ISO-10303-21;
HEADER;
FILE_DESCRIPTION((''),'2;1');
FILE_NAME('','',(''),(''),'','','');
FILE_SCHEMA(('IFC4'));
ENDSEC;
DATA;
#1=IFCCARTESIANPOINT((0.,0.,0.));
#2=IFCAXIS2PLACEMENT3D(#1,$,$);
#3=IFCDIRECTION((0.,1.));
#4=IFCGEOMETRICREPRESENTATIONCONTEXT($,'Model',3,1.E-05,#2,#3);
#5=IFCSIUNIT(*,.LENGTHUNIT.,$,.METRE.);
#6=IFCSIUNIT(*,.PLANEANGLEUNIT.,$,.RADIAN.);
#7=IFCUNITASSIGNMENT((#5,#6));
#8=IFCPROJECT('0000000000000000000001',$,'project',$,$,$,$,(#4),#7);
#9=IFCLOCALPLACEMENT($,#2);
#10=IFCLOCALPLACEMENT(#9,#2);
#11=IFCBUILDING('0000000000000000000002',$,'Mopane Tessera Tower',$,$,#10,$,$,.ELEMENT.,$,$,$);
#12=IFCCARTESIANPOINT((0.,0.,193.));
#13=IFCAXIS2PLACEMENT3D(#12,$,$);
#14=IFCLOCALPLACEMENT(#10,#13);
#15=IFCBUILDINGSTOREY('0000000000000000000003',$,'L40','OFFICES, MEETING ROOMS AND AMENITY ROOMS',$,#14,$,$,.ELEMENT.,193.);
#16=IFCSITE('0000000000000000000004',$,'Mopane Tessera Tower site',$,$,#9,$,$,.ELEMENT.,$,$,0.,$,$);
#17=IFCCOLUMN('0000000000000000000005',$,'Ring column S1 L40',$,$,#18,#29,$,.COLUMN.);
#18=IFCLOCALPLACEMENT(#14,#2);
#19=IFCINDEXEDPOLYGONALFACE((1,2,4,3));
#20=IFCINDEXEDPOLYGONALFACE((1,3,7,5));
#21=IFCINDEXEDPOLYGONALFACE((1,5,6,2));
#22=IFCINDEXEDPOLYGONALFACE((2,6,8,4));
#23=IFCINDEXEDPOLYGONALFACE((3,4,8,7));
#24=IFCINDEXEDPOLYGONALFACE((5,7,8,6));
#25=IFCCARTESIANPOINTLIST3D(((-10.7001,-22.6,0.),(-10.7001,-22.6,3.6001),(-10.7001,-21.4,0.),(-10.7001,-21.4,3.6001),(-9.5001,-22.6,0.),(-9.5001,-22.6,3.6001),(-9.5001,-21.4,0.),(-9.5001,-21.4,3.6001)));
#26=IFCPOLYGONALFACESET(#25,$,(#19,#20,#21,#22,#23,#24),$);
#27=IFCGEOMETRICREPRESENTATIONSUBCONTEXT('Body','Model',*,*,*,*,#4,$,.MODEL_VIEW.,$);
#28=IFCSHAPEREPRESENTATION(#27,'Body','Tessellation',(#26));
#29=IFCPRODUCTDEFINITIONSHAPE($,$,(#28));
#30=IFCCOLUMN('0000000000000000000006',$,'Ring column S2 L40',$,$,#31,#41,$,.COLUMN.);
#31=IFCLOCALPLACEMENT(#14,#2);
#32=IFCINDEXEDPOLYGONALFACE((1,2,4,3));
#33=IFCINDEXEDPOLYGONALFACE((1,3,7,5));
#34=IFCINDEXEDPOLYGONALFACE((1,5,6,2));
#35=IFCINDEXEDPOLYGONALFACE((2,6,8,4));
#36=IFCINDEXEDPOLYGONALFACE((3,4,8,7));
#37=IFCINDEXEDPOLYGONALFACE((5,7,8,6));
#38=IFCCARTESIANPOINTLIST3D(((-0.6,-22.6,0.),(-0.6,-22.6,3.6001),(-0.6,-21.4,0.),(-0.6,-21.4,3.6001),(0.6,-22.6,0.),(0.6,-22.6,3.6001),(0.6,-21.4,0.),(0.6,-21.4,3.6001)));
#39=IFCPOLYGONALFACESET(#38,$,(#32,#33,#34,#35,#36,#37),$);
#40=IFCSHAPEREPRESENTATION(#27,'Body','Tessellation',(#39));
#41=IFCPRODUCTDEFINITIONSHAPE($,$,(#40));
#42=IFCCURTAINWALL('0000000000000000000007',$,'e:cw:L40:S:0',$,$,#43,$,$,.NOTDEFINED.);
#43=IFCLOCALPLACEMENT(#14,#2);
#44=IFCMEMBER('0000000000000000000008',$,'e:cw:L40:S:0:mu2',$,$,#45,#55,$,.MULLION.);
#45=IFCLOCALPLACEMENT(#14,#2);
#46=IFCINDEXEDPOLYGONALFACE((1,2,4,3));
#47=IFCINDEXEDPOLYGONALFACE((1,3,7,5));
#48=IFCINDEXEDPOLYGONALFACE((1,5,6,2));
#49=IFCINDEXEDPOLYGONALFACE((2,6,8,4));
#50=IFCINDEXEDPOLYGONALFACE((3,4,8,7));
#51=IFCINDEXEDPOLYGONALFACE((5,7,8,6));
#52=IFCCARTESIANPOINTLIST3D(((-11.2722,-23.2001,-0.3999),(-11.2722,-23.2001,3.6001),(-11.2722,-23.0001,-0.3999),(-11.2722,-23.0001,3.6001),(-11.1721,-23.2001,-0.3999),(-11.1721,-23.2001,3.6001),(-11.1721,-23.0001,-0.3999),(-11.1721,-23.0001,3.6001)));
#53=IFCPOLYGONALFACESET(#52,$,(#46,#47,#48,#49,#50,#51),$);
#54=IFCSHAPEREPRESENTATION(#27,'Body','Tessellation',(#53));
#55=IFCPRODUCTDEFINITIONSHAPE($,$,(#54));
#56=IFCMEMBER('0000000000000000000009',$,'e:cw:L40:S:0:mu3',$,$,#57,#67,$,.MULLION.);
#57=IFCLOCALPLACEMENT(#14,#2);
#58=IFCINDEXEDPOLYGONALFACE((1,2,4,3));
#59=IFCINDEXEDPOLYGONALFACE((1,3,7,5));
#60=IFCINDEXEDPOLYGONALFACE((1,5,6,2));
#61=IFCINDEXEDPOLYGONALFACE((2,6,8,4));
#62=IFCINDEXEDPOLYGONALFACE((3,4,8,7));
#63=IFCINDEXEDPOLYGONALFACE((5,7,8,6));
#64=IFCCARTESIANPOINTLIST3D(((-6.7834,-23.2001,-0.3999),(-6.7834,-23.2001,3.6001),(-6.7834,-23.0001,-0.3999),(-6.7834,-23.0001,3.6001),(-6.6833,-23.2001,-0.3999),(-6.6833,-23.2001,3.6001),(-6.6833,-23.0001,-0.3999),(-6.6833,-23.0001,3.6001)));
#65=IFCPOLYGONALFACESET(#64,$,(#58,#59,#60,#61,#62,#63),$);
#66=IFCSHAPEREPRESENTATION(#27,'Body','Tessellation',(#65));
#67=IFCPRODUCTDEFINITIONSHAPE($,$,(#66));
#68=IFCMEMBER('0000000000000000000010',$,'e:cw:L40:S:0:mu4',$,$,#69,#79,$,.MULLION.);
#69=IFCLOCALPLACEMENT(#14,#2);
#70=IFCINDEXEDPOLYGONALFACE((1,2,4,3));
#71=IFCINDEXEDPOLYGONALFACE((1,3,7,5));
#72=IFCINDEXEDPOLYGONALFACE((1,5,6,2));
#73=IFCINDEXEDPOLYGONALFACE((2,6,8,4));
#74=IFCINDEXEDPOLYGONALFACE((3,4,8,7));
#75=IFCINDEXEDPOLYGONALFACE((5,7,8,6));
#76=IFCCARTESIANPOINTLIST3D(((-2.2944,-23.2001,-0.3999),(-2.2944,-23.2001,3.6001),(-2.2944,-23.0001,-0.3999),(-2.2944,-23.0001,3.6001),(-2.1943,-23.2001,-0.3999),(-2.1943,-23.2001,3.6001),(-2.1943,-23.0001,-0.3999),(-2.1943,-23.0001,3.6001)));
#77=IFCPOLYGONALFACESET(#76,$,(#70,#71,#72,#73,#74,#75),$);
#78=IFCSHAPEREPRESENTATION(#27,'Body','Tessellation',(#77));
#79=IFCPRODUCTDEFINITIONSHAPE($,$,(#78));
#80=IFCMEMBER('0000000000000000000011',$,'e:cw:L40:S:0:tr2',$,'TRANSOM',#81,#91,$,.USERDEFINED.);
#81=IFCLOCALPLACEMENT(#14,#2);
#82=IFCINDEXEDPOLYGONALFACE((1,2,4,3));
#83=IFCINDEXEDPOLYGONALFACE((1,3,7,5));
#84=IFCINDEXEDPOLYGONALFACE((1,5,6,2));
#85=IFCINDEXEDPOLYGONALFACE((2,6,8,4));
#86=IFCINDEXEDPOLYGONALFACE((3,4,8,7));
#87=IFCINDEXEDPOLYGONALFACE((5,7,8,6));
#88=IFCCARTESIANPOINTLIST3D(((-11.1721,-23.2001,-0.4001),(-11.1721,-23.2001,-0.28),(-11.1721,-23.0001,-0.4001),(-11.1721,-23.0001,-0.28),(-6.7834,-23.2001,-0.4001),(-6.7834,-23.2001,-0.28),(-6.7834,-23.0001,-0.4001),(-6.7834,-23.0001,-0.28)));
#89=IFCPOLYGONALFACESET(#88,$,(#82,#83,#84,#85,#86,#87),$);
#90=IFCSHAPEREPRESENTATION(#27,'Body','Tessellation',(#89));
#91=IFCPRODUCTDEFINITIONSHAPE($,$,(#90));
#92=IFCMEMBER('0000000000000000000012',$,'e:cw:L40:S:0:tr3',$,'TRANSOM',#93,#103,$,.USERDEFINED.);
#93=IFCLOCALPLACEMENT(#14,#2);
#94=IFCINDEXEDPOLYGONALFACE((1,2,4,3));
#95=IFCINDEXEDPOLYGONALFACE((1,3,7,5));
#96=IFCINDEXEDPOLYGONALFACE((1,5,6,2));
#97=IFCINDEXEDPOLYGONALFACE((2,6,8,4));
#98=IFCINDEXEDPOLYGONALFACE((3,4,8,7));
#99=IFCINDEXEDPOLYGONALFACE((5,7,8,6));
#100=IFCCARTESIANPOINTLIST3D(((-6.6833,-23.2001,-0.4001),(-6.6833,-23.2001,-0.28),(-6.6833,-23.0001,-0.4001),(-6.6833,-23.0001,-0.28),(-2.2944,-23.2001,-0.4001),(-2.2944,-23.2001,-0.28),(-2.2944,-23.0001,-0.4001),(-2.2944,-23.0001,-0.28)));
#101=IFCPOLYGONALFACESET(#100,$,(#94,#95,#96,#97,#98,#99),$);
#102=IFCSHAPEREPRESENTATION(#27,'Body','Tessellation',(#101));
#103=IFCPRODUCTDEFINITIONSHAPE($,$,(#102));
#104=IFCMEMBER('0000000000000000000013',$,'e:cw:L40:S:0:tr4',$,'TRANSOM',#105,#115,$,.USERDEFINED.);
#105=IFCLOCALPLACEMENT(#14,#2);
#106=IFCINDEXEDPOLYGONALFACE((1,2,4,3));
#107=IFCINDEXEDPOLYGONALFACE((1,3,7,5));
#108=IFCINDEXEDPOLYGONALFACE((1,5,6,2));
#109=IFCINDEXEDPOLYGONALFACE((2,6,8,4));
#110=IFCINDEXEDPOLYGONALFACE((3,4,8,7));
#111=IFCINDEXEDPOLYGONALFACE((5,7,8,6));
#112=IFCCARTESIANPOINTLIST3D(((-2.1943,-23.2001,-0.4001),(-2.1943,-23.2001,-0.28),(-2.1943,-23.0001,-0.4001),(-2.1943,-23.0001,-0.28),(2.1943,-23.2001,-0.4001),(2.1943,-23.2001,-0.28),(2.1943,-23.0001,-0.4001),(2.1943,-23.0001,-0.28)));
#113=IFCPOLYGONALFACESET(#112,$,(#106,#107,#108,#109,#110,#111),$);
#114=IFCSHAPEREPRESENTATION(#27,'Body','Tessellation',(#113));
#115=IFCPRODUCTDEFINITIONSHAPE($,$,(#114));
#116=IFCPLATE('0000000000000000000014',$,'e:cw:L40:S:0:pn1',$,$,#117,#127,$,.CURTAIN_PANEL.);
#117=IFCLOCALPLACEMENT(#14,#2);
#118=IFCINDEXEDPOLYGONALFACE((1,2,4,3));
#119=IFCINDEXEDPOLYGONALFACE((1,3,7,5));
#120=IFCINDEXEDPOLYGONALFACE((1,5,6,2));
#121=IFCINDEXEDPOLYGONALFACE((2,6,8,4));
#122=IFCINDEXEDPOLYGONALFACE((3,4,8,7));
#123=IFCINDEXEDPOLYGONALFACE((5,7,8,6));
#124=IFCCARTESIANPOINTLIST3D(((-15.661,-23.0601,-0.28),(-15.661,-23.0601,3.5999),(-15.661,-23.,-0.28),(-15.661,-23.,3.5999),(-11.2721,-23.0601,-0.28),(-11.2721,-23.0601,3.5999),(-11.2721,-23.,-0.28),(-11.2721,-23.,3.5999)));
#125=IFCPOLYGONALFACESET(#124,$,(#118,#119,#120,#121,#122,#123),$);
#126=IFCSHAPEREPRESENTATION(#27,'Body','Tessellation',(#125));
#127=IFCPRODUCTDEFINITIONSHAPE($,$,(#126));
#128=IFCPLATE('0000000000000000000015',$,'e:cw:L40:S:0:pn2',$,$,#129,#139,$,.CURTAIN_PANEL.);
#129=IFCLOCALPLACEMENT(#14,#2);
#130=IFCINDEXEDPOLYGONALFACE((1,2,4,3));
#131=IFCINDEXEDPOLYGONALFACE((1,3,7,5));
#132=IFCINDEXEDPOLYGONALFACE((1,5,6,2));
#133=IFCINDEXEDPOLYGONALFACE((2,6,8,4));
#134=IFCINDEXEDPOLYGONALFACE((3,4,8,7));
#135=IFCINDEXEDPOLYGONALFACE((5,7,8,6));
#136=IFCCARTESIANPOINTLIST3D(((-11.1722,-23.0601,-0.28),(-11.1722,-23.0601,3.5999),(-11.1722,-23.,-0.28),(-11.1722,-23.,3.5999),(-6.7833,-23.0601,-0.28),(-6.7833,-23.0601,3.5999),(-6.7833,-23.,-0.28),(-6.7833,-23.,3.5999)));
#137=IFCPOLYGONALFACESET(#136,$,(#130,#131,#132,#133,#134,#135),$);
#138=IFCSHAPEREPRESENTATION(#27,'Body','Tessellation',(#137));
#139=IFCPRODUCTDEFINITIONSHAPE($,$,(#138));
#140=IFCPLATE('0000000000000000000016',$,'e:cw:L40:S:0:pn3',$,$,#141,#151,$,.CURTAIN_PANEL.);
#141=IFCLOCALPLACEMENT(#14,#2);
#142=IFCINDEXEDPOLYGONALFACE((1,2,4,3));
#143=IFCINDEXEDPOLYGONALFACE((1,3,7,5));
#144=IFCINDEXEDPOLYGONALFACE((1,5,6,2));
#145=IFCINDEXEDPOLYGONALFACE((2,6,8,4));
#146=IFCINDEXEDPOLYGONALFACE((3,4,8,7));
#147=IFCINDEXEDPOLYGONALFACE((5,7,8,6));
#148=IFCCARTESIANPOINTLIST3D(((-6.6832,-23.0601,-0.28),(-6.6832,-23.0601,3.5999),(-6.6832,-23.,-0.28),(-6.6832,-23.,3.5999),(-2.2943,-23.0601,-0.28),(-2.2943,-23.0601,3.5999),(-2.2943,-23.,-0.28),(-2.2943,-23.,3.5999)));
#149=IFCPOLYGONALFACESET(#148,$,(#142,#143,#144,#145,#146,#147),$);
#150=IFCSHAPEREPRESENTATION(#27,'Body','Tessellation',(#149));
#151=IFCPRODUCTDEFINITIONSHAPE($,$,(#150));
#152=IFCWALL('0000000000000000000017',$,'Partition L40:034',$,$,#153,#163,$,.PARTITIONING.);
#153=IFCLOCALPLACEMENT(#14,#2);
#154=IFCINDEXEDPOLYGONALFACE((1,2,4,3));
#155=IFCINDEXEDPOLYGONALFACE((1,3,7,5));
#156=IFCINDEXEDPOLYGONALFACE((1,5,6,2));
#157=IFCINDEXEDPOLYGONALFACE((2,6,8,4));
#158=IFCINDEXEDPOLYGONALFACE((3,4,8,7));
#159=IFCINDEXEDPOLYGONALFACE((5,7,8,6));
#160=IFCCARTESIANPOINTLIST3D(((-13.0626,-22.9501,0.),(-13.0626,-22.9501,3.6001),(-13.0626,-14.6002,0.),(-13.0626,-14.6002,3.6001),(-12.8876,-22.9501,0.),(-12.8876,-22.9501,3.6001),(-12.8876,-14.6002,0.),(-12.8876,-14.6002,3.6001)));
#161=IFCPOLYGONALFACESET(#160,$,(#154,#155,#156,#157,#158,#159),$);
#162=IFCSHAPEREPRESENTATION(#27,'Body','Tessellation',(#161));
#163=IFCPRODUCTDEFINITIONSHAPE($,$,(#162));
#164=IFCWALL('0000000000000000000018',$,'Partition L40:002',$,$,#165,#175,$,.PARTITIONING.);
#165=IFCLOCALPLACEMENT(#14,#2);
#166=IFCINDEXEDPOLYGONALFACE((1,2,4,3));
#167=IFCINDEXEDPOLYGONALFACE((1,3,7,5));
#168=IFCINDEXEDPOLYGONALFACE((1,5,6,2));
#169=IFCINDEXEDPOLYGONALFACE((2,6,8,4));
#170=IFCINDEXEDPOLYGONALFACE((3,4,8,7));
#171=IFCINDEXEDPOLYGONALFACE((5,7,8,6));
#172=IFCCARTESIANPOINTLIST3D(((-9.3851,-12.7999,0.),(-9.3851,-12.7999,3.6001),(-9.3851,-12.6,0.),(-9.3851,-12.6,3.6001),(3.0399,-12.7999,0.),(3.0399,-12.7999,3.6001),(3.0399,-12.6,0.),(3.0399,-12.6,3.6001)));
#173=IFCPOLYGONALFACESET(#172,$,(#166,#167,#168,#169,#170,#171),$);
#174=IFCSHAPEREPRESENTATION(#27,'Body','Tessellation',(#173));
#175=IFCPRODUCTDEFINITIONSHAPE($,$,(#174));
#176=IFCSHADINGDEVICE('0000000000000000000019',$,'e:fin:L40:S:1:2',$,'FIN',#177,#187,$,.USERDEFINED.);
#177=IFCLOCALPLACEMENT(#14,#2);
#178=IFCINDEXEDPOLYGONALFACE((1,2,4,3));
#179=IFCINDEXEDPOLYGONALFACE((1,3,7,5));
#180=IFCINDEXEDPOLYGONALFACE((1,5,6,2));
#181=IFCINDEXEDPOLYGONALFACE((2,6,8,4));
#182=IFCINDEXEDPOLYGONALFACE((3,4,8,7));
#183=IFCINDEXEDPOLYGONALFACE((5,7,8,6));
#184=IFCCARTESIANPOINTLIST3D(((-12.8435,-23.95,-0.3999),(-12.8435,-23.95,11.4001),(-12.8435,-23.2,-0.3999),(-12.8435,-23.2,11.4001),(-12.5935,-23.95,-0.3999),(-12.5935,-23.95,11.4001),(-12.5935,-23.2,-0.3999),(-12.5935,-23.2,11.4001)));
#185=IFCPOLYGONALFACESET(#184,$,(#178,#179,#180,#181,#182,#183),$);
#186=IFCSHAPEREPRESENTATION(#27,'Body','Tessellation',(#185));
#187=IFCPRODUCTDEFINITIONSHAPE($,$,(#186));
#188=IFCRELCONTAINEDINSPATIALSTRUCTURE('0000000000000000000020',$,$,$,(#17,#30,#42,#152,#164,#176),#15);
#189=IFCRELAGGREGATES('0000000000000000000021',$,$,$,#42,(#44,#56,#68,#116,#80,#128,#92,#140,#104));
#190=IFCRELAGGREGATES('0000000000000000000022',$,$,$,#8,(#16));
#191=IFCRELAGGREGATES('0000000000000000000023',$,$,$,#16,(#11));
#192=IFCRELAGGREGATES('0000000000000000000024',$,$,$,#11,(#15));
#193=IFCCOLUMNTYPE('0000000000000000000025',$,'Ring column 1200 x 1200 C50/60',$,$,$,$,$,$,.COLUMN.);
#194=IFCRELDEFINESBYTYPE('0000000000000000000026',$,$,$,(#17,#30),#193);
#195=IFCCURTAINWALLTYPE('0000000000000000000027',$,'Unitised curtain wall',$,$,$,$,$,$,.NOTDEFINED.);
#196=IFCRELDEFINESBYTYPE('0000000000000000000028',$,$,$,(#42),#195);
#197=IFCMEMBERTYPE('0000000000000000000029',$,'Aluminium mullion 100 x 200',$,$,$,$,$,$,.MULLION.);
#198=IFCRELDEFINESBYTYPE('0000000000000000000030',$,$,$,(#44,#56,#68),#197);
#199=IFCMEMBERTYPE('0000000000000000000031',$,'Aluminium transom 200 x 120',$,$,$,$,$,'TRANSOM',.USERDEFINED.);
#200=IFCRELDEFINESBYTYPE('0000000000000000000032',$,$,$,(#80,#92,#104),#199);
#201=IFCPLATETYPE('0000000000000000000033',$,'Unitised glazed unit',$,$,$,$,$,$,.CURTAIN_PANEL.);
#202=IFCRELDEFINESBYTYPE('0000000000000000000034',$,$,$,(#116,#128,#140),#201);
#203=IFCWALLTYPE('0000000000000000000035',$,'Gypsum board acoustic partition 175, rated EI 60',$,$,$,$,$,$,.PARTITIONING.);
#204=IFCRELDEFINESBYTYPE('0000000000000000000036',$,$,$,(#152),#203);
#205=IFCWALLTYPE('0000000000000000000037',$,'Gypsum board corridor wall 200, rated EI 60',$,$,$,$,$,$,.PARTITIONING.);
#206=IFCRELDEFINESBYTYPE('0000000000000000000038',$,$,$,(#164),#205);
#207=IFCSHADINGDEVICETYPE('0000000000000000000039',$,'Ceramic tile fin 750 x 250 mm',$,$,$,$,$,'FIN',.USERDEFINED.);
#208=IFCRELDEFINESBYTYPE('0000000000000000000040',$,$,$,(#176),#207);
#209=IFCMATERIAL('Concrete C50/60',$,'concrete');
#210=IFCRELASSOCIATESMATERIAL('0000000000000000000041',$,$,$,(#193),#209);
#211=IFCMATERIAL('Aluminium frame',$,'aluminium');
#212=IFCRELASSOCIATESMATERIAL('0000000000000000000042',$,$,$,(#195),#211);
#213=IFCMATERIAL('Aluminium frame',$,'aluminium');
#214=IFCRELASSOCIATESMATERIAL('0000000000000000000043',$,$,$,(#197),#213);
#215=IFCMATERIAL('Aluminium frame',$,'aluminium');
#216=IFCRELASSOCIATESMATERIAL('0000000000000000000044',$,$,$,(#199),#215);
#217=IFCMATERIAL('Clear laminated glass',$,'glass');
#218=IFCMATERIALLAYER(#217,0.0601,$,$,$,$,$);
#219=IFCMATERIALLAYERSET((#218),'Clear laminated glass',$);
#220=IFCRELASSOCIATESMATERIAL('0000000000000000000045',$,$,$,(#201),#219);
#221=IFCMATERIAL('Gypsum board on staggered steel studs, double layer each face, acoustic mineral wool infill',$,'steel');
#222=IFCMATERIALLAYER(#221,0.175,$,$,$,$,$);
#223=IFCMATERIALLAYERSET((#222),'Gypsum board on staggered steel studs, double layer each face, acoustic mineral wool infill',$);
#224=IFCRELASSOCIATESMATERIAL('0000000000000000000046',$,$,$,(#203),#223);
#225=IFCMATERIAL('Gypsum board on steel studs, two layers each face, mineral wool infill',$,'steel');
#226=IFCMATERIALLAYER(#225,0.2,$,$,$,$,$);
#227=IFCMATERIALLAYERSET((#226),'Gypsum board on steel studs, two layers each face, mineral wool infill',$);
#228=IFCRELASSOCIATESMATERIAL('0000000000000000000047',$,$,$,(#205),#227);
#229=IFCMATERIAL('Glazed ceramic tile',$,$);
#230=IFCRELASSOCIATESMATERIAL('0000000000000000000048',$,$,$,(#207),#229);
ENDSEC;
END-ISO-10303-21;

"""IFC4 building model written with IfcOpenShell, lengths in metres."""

from ifc_helpers import new_model, si_unit, direction, frame, frame_2d, origin, origin_2d, place, context, subcontext, project, spatial, rectangle, extrude, material, layer, layer_set, material_profile, profile_set, type_object, element, aggregate, save


model = new_model("IFC4")

# Units and contexts
model_context = context("Model", 3, precision=1e-05, world=origin(), true_north=direction((0.0, 1.0)))
body_context = subcontext(model_context, "Body", "Model", "MODEL_VIEW")
ifc_project = project(units=[si_unit("LENGTHUNIT", "METRE"), si_unit("PLANEANGLEUNIT", "RADIAN")], contexts=[model_context])

# Site, building, storey
site_placement = place(None, origin())
site = spatial("IfcSite", under=ifc_project, at=site_placement, Name="Mopane Tessera Tower site", CompositionType="ELEMENT", RefElevation=0.0)
building_placement = place(site_placement, origin())
building = spatial("IfcBuilding", under=site, at=building_placement, Name="Mopane Tessera Tower", CompositionType="ELEMENT")
storey_placement = place(building_placement, frame((0.0, 0.0, 193.0)))
storey = spatial("IfcBuildingStorey", under=building, at=storey_placement, Name="L40", Description="OFFICES, MEETING ROOMS AND AMENITY ROOMS", CompositionType="ELEMENT", Elevation=193.0)

# Columns
ifc_material_1 = material(Name="Concrete C50/60", Category="concrete")
ifc_material_profile_1 = material_profile(ifc_material_1, rectangle(XDim=1.2, YDim=1.2, at=origin_2d()))
ifc_profile_set_1 = profile_set([ifc_material_profile_1], Name="Concrete C50/60")
column_type = type_object("IfcColumnType", Name="Ring column 1200 x 1200 C50/60", PredefinedType="COLUMN", material=ifc_profile_set_1)
for number, where, z_axis, x_axis, name in (
    (1, (-10.1001, -22.0, 0.0), (0.0, 0.0, 1.0), (1.0, 0.0, 0.0), "Ring column S1 L40"),
    (2, (0.0, -22.0, 0.0), (0.0, 0.0, 1.0), (1.0, 0.0, 0.0), "Ring column S2 L40"),
):
    element("IfcColumn", number, at=place(storey_placement, frame(where, z_axis=z_axis, x_axis=x_axis)), inside=storey, type_object=column_type, Name=name, PredefinedType="COLUMN", context=body_context, shape_type="SweptSolid", body=[
        extrude(rectangle(XDim=1.2, YDim=1.2, at=origin_2d()), origin(), (0.0, 0.0, 1.0), 3.6001),
    ])

# Curtain wall, members, plates
ifc_material_2 = material(Name="Aluminium frame", Category="aluminium")
curtain_wall_type = type_object("IfcCurtainWallType", Name="Unitised curtain wall", PredefinedType="NOTDEFINED", material=ifc_material_2)
curtain_wall_placement = place(storey_placement, origin())
curtain_wall = element("IfcCurtainWall", 3, at=curtain_wall_placement, inside=storey, type_object=curtain_wall_type, Name="e:cw:L40:S:0", PredefinedType="NOTDEFINED")
ifc_material_3 = material(Name="Aluminium frame", Category="aluminium")
ifc_material_profile_2 = material_profile(ifc_material_3, rectangle(XDim=0.1001, YDim=0.2, at=origin_2d()))
ifc_profile_set_2 = profile_set([ifc_material_profile_2], Name="Aluminium frame")
member_type_1 = type_object("IfcMemberType", Name="Aluminium mullion 100 x 200", PredefinedType="MULLION", material=ifc_profile_set_2)
member_1_placement = place(storey_placement, frame((-11.2222, -23.1001, -0.3999), z_axis=(0.0, 0.0, 1.0), x_axis=(1.0, 0.0, 0.0)))
member_1 = element("IfcMember", 4, at=member_1_placement, type_object=member_type_1, Name="e:cw:L40:S:0:mu2", PredefinedType="MULLION", context=body_context, shape_type="SweptSolid", body=[
    extrude(rectangle(XDim=0.1001, YDim=0.2, at=origin_2d()), origin(), (0.0, 0.0, 1.0), 4.0),
])
member_2_placement = place(storey_placement, frame((-6.7334, -23.1001, -0.3999), z_axis=(0.0, 0.0, 1.0), x_axis=(1.0, 0.0, 0.0)))
member_2 = element("IfcMember", 5, at=member_2_placement, type_object=member_type_1, Name="e:cw:L40:S:0:mu3", PredefinedType="MULLION", context=body_context, shape_type="SweptSolid", body=[
    extrude(rectangle(XDim=0.1001, YDim=0.2, at=origin_2d()), origin(), (0.0, 0.0, 1.0), 4.0),
])
member_3_placement = place(storey_placement, frame((-2.2444, -23.1001, -0.3999), z_axis=(0.0, 0.0, 1.0), x_axis=(1.0, 0.0, 0.0)))
member_3 = element("IfcMember", 6, at=member_3_placement, type_object=member_type_1, Name="e:cw:L40:S:0:mu4", PredefinedType="MULLION", context=body_context, shape_type="SweptSolid", body=[
    extrude(rectangle(XDim=0.1001, YDim=0.2, at=origin_2d()), origin(), (0.0, 0.0, 1.0), 4.0),
])
ifc_material_4 = material(Name="Aluminium frame", Category="aluminium")
ifc_material_profile_3 = material_profile(ifc_material_4, rectangle(XDim=0.2, YDim=0.1201, at=origin_2d()))
ifc_profile_set_3 = profile_set([ifc_material_profile_3], Name="Aluminium frame")
member_type_2 = type_object("IfcMemberType", Name="Aluminium transom 200 x 120", ElementType="TRANSOM", PredefinedType="USERDEFINED", material=ifc_profile_set_3)
member_4_placement = place(storey_placement, frame((-11.1721, -23.1001, -0.3401), z_axis=(1.0, 0.0, 0.0), x_axis=(0.0, 1.0, 0.0)))
member_4 = element("IfcMember", 7, at=member_4_placement, type_object=member_type_2, Name="e:cw:L40:S:0:tr2", ObjectType="TRANSOM", PredefinedType="USERDEFINED", context=body_context, shape_type="SweptSolid", body=[
    extrude(rectangle(XDim=0.2, YDim=0.1201, at=origin_2d()), origin(), (0.0, 0.0, 1.0), 4.3887),
])
member_5_placement = place(storey_placement, frame((-6.6833, -23.1001, -0.3401), z_axis=(1.0, 0.0, 0.0), x_axis=(0.0, 1.0, 0.0)))
member_5 = element("IfcMember", 8, at=member_5_placement, type_object=member_type_2, Name="e:cw:L40:S:0:tr3", ObjectType="TRANSOM", PredefinedType="USERDEFINED", context=body_context, shape_type="SweptSolid", body=[
    extrude(rectangle(XDim=0.2, YDim=0.1201, at=origin_2d()), origin(), (0.0, 0.0, 1.0), 4.3889),
])
member_6_placement = place(storey_placement, frame((-2.1943, -23.1001, -0.3401), z_axis=(1.0, 0.0, 0.0), x_axis=(0.0, 1.0, 0.0)))
member_6 = element("IfcMember", 9, at=member_6_placement, type_object=member_type_2, Name="e:cw:L40:S:0:tr4", ObjectType="TRANSOM", PredefinedType="USERDEFINED", context=body_context, shape_type="SweptSolid", body=[
    extrude(rectangle(XDim=0.2, YDim=0.1201, at=origin_2d()), origin(), (0.0, 0.0, 1.0), 4.3887),
])
ifc_material_5 = material(Name="Clear laminated glass", Category="glass")
ifc_layer_1 = layer(ifc_material_5, 0.0601)
ifc_layer_set_1 = layer_set([ifc_layer_1], Name="Clear laminated glass")
plate_type = type_object("IfcPlateType", Name="Unitised glazed unit", PredefinedType="CURTAIN_PANEL", material=ifc_layer_set_1)
plate_1_placement = place(storey_placement, frame((-13.4666, -23.03, -0.28), z_axis=(0.0, 0.0, 1.0), x_axis=(1.0, 0.0, 0.0)))
plate_1 = element("IfcPlate", 10, at=plate_1_placement, type_object=plate_type, Name="e:cw:L40:S:0:pn1", PredefinedType="CURTAIN_PANEL", context=body_context, shape_type="SweptSolid", body=[
    extrude(rectangle(XDim=4.3889, YDim=0.0601, at=origin_2d()), origin(), (0.0, 0.0, 1.0), 3.8799),
])
plate_2_placement = place(storey_placement, frame((-8.9778, -23.03, -0.28), z_axis=(0.0, 0.0, 1.0), x_axis=(1.0, 0.0, 0.0)))
plate_2 = element("IfcPlate", 11, at=plate_2_placement, type_object=plate_type, Name="e:cw:L40:S:0:pn2", PredefinedType="CURTAIN_PANEL", context=body_context, shape_type="SweptSolid", body=[
    extrude(rectangle(XDim=4.3889, YDim=0.0601, at=origin_2d()), origin(), (0.0, 0.0, 1.0), 3.8799),
])
plate_3_placement = place(storey_placement, frame((-4.4888, -23.03, -0.28), z_axis=(0.0, 0.0, 1.0), x_axis=(1.0, 0.0, 0.0)))
plate_3 = element("IfcPlate", 12, at=plate_3_placement, type_object=plate_type, Name="e:cw:L40:S:0:pn3", PredefinedType="CURTAIN_PANEL", context=body_context, shape_type="SweptSolid", body=[
    extrude(rectangle(XDim=4.3889, YDim=0.0601, at=origin_2d()), origin(), (0.0, 0.0, 1.0), 3.8799),
])
aggregate(curtain_wall, [member_1, member_2, member_3, plate_1, member_4, plate_2, member_5, plate_3, member_6])

# Walls
ifc_material_6 = material(Name="Gypsum board on staggered steel studs, double layer each face, acoustic mineral wool infill", Category="steel")
ifc_layer_2 = layer(ifc_material_6, 0.175)
ifc_layer_set_2 = layer_set([ifc_layer_2], Name="Gypsum board on staggered steel studs, double layer each face, acoustic mineral wool infill")
wall_type_1 = type_object("IfcWallType", Name="Gypsum board acoustic partition 175, rated EI 60", PredefinedType="PARTITIONING", material=ifc_layer_set_2)
wall_1_placement = place(storey_placement, frame((-12.9751, -22.95, 0.0), z_axis=(0.0, 0.0, 1.0), x_axis=(0.0, 1.0, 0.0)))
element("IfcWall", 13, at=wall_1_placement, inside=storey, type_object=wall_type_1, Name="Partition L40:034", PredefinedType="PARTITIONING", context=body_context, shape_type="SweptSolid", body=[
    extrude(rectangle(XDim=8.3499, YDim=0.175, at=frame_2d((4.1748, 0.0))), origin(), (0.0, 0.0, 1.0), 3.6001),
])
ifc_material_7 = material(Name="Gypsum board on steel studs, two layers each face, mineral wool infill", Category="steel")
ifc_layer_3 = layer(ifc_material_7, 0.2)
ifc_layer_set_3 = layer_set([ifc_layer_3], Name="Gypsum board on steel studs, two layers each face, mineral wool infill")
wall_type_2 = type_object("IfcWallType", Name="Gypsum board corridor wall 200, rated EI 60", PredefinedType="PARTITIONING", material=ifc_layer_set_3)
wall_2_placement = place(storey_placement, frame((-9.385, -12.7, 0.0), z_axis=(0.0, 0.0, 1.0), x_axis=(1.0, 0.0, 0.0)))
element("IfcWall", 14, at=wall_2_placement, inside=storey, type_object=wall_type_2, Name="Partition L40:002", PredefinedType="PARTITIONING", context=body_context, shape_type="SweptSolid", body=[
    extrude(rectangle(XDim=12.425, YDim=0.2, at=frame_2d((6.2124, 0.0))), origin(), (0.0, 0.0, 1.0), 3.6001),
])

# Shading device
ifc_material_8 = material(Name="Glazed ceramic tile")
shading_device_type = type_object("IfcShadingDeviceType", Name="Ceramic tile fin 750 x 250 mm", ElementType="FIN", PredefinedType="USERDEFINED", material=ifc_material_8)
for number, where, z_axis, x_axis, name in (
    (15, (-12.7185, -23.575, -0.3999), (0.0, 0.0, 1.0), (1.0, 0.0, 0.0), "e:fin:L40:S:1:2"),
):
    element("IfcShadingDevice", number, at=place(storey_placement, frame(where, z_axis=z_axis, x_axis=x_axis)), inside=storey, type_object=shading_device_type, Name=name, ObjectType="FIN", PredefinedType="USERDEFINED", context=body_context, shape_type="SweptSolid", body=[
        extrude(rectangle(XDim=0.25, YDim=0.75, at=origin_2d()), origin(), (0.0, 0.0, 1.0), 11.8),
    ])

save(model, "model.ifc")
